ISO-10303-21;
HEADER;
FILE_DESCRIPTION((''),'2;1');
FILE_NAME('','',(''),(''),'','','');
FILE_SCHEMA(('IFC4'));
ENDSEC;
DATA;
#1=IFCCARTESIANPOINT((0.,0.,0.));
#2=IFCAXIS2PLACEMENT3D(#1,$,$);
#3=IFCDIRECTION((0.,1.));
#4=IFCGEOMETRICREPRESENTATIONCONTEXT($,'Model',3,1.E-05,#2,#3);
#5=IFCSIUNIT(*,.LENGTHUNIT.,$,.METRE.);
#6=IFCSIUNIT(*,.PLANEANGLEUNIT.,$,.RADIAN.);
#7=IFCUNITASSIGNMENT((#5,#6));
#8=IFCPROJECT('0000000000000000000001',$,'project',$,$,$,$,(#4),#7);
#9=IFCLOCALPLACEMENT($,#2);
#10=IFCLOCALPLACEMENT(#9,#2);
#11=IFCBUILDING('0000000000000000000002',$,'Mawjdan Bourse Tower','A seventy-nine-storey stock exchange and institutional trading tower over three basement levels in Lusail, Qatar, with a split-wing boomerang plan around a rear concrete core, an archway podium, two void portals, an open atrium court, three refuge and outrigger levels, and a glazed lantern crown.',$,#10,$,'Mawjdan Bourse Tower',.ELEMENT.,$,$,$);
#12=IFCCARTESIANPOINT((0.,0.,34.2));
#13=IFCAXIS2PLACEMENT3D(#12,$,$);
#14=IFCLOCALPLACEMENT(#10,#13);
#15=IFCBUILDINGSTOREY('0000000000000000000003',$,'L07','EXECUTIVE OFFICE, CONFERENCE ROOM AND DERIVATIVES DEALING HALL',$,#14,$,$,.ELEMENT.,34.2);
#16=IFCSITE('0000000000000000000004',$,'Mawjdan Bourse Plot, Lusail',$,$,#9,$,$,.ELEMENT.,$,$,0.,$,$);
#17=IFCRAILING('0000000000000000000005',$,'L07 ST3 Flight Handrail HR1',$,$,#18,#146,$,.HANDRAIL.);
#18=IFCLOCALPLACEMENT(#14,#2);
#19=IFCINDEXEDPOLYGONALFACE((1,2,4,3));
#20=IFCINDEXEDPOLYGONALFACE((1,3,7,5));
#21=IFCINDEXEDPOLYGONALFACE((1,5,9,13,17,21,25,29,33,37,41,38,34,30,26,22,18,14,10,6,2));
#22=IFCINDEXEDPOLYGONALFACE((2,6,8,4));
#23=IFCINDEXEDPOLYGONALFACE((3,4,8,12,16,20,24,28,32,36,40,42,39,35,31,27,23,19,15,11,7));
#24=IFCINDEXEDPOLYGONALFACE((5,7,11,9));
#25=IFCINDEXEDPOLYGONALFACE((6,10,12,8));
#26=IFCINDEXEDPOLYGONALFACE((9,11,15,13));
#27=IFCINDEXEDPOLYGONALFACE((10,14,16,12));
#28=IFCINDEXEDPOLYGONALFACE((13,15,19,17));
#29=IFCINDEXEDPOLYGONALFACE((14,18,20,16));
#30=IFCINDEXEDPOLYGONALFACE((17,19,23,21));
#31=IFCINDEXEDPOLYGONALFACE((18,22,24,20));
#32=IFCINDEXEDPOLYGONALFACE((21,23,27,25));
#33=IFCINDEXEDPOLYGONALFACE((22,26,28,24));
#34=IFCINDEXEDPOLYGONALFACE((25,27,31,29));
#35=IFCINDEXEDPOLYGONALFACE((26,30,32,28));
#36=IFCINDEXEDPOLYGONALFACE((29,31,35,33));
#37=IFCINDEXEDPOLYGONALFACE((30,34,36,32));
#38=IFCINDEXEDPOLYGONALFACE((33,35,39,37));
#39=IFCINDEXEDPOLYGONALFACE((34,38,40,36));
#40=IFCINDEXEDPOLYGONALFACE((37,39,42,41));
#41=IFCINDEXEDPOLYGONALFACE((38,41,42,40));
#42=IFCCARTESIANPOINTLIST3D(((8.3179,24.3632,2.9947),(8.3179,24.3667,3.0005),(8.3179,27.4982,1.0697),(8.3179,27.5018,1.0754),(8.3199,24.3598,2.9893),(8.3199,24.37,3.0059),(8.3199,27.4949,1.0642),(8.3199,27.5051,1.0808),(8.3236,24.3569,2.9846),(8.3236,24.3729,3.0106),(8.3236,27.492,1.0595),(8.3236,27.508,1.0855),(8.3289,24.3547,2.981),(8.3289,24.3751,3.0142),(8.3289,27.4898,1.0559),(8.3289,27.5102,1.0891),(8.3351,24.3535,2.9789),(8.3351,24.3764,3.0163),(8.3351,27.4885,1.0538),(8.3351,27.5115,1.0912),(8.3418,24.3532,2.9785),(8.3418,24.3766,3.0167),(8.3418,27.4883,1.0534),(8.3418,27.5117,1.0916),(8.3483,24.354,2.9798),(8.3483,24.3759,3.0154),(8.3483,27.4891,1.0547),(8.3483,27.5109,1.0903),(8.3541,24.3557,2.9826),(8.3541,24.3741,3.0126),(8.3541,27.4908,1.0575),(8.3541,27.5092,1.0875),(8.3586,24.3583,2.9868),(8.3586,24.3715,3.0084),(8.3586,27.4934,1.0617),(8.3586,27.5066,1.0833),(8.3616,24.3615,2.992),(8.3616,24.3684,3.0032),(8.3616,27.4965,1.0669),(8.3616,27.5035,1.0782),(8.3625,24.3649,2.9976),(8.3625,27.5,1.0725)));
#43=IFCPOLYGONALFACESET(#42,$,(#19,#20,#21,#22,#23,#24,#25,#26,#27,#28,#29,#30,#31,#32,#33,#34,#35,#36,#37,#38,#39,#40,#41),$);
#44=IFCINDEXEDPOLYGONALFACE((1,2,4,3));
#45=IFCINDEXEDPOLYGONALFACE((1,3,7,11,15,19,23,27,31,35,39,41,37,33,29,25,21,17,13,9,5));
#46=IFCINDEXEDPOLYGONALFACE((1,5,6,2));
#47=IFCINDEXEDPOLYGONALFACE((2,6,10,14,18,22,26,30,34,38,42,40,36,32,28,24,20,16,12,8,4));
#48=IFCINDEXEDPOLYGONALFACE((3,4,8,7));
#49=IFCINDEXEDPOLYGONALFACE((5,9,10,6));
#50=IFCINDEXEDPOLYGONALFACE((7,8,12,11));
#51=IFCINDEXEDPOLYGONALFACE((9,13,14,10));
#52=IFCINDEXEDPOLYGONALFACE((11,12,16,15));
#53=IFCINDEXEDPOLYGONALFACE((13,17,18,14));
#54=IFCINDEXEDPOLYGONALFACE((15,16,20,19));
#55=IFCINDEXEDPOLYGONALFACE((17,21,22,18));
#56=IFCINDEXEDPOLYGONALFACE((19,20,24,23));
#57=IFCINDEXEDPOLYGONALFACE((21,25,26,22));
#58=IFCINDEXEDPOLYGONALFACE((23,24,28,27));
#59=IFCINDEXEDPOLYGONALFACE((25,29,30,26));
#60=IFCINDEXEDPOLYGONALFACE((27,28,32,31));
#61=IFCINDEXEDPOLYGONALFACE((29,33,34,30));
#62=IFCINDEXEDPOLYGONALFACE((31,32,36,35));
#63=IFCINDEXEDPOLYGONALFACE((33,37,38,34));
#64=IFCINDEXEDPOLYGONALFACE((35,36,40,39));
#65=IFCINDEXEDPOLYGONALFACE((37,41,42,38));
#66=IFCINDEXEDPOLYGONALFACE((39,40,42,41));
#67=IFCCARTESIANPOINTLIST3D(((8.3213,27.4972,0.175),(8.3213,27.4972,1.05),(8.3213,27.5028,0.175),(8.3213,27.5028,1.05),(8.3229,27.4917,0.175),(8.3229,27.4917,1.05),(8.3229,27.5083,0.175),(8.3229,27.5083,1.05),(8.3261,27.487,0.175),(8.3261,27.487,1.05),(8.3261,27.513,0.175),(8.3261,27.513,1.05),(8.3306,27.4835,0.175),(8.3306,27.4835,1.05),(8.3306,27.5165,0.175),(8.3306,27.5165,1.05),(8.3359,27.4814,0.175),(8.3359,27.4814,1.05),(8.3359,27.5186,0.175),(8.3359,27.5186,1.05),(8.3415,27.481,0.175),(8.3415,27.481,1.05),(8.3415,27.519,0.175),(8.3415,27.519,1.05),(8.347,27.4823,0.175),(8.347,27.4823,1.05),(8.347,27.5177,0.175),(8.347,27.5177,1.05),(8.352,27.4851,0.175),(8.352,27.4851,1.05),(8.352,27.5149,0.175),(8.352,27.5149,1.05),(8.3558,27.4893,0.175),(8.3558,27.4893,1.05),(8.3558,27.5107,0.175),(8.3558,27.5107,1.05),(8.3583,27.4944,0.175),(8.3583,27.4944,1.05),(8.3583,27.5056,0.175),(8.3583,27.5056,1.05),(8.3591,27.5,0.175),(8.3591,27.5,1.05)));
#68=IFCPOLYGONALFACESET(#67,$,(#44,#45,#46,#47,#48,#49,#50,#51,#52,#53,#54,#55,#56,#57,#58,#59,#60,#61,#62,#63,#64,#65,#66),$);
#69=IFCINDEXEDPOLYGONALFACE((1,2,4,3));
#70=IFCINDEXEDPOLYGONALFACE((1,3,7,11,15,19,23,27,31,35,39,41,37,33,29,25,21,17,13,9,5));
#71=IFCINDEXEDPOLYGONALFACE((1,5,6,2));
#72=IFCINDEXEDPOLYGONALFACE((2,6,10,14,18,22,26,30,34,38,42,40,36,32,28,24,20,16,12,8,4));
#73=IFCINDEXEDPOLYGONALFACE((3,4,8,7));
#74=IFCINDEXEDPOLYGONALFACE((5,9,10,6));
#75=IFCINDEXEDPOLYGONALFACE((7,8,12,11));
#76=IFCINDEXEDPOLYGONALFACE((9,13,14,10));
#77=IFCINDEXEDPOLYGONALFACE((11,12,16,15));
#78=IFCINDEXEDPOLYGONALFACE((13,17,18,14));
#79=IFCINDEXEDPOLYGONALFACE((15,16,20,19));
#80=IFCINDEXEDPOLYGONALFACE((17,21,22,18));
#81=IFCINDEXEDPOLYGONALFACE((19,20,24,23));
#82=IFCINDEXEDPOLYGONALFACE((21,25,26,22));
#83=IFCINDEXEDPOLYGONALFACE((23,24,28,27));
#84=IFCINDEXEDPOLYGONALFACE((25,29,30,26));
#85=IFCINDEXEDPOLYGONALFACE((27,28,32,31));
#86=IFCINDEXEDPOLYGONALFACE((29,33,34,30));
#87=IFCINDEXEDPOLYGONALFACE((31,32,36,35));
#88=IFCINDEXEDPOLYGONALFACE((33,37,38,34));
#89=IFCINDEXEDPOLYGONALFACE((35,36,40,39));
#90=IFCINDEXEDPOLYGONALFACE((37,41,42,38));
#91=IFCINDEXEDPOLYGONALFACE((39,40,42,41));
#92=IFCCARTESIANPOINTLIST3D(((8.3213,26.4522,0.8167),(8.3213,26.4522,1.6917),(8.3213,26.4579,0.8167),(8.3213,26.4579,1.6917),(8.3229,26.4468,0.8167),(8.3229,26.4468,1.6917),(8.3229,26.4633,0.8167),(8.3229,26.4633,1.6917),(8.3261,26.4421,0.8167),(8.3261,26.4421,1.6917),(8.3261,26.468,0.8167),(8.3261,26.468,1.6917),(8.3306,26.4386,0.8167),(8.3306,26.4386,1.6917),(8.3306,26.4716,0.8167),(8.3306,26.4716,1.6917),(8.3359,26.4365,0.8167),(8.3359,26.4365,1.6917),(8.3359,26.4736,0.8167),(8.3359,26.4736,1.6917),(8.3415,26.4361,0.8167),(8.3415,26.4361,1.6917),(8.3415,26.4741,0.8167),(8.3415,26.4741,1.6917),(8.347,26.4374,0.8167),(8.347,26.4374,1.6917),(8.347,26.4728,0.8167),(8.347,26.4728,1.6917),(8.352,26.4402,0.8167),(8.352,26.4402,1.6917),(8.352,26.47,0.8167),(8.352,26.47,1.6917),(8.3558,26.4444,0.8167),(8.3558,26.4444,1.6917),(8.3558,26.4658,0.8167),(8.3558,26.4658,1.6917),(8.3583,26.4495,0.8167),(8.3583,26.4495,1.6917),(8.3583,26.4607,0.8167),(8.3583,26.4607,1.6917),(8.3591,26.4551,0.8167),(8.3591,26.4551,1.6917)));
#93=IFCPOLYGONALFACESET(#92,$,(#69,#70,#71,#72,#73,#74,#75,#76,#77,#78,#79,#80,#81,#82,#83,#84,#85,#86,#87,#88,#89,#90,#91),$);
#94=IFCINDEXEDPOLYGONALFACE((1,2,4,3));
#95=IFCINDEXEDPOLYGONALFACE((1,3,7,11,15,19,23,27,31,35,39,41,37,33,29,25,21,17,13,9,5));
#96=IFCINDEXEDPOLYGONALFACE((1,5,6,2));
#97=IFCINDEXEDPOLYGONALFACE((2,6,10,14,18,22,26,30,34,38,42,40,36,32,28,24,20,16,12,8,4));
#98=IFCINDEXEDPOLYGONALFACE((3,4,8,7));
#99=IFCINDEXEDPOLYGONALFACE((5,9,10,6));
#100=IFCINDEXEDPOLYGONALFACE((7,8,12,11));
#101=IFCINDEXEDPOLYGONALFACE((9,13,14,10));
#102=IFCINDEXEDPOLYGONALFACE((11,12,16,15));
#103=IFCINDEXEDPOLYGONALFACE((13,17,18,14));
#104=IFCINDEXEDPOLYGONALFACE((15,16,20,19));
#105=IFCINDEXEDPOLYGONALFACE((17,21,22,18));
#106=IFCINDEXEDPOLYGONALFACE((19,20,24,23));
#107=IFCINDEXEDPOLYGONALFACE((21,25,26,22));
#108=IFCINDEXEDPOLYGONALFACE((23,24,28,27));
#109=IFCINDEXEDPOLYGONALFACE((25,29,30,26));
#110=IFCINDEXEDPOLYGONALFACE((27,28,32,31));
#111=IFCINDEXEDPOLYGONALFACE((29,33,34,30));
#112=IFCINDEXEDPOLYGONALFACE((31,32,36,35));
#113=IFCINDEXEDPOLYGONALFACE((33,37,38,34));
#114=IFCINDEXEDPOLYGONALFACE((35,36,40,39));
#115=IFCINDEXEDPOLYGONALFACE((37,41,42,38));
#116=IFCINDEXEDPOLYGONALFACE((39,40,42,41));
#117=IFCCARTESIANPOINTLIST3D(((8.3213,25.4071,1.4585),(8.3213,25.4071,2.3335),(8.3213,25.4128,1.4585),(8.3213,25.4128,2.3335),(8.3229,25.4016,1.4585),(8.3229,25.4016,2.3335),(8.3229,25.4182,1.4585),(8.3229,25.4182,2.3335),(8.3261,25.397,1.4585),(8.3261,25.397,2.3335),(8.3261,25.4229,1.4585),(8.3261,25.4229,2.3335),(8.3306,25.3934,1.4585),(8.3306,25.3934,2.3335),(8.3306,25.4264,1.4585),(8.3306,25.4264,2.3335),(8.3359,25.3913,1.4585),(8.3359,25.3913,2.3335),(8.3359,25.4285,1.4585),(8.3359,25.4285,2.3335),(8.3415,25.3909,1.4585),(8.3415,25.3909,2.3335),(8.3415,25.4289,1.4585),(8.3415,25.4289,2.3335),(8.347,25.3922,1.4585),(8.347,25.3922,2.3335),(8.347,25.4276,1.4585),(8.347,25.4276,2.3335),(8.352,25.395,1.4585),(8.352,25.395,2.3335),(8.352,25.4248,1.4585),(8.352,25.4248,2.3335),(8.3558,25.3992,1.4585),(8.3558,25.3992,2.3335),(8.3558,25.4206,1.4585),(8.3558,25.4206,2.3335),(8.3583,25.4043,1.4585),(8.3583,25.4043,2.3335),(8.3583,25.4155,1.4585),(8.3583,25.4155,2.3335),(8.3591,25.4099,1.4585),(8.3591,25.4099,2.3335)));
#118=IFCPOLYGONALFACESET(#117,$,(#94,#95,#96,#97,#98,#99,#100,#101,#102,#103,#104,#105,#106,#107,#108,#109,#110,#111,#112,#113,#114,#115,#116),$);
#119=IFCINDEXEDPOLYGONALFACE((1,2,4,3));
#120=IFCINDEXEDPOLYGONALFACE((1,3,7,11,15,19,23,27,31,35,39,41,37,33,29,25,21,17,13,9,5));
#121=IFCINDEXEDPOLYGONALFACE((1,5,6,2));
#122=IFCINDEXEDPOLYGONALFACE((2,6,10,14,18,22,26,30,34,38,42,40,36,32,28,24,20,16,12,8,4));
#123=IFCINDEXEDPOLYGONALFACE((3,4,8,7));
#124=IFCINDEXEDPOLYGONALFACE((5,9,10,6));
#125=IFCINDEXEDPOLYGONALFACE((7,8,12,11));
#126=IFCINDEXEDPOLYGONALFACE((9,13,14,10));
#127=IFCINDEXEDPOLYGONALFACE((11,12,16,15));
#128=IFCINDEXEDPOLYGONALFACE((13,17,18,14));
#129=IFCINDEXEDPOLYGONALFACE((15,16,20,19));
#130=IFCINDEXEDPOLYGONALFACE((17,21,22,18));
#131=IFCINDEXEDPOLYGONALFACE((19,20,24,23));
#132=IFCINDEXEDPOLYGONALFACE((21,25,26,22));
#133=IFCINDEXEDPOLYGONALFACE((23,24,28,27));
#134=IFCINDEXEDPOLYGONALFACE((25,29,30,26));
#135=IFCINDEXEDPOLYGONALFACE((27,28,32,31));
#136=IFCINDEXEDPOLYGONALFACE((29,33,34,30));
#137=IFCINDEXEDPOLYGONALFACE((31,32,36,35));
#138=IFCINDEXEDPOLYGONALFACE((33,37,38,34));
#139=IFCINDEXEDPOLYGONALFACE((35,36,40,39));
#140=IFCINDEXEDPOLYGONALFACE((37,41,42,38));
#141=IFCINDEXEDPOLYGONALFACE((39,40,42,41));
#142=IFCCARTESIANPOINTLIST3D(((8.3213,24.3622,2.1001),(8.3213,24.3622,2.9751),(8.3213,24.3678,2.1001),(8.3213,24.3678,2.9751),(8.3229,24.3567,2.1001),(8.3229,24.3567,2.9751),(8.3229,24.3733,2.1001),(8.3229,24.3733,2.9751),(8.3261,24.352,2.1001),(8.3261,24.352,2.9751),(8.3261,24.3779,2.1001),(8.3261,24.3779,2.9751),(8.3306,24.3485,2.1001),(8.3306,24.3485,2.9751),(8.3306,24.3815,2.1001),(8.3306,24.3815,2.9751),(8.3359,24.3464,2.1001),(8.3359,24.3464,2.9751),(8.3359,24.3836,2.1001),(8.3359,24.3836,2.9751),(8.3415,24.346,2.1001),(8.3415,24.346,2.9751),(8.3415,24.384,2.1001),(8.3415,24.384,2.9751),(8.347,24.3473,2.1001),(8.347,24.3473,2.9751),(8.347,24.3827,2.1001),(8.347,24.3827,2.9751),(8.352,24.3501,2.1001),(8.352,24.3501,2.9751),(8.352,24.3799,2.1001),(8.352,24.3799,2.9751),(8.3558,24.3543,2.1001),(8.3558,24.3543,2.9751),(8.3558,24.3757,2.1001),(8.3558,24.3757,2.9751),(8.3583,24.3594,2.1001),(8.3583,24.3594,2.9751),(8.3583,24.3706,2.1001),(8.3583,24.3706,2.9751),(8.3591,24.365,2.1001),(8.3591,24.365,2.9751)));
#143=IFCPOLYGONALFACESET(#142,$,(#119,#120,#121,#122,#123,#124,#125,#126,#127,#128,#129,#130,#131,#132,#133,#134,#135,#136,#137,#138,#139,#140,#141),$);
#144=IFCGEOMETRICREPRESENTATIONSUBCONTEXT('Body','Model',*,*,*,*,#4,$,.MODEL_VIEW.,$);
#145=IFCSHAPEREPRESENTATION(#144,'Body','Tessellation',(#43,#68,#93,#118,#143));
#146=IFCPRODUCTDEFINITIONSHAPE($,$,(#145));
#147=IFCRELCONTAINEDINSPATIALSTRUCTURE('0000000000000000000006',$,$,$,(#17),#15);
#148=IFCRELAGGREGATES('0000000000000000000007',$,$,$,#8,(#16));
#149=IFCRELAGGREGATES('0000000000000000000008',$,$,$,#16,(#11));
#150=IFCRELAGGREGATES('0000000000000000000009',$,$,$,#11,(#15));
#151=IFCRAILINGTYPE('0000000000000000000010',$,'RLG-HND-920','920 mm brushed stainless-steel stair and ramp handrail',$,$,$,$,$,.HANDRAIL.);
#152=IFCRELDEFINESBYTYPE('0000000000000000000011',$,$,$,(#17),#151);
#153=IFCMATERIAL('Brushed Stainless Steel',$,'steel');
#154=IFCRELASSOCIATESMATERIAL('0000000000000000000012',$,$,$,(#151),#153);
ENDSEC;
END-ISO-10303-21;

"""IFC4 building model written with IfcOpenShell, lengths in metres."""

from ifc_helpers import new_model, si_unit, direction, frame, origin, origin_2d, place, context, subcontext, project, spatial, circle, extrude, material, type_object, element, save


model = new_model("IFC4")

# Units and contexts
model_context = context("Model", 3, precision=1e-05, world=origin(), true_north=direction((0.0, 1.0)))
body_context = subcontext(model_context, "Body", "Model", "MODEL_VIEW")
ifc_project = project(units=[si_unit("LENGTHUNIT", "METRE"), si_unit("PLANEANGLEUNIT", "RADIAN")], contexts=[model_context])

# Site, building, storey
site_placement = place(None, origin())
site = spatial("IfcSite", under=ifc_project, at=site_placement, Name="Mawjdan Bourse Plot, Lusail", CompositionType="ELEMENT", RefElevation=0.0)
building_placement = place(site_placement, origin())
building = spatial("IfcBuilding", under=site, at=building_placement, Name="Mawjdan Bourse Tower", Description="A seventy-nine-storey stock exchange and institutional trading tower over three basement levels in Lusail, Qatar, with a split-wing boomerang plan around a rear concrete core, an archway podium, two void portals, an open atrium court, three refuge and outrigger levels, and a glazed lantern crown.", LongName="Mawjdan Bourse Tower", CompositionType="ELEMENT")
storey_placement = place(building_placement, frame((0.0, 0.0, 34.2)))
storey = spatial("IfcBuildingStorey", under=building, at=storey_placement, Name="L07", Description="EXECUTIVE OFFICE, CONFERENCE ROOM AND DERIVATIVES DEALING HALL", CompositionType="ELEMENT", Elevation=34.2)

# Railing
ifc_material_1 = material(Name="Brushed Stainless Steel", Category="steel")
railing_type_1 = type_object("IfcRailingType", Name="RLG-HND-920", Description="920 mm brushed stainless-steel stair and ramp handrail", PredefinedType="HANDRAIL", material=ifc_material_1)
railing_1_placement = place(storey_placement, frame((8.3401, 27.5, 0.175)))
element("IfcRailing", 1, at=railing_1_placement, inside=storey, type_object=railing_type_1, Name="L07 ST3 Flight Handrail HR1", PredefinedType="HANDRAIL", context=body_context, shape_type="SweptSolid", body=[
    extrude(circle(Radius=0.0225, at=origin_2d()), frame((0.0, 0.0, 0.8975), z_axis=(0.0, -0.852166, 0.523271), x_axis=(1.0, 0.0, 0.0)), (0.0, 0.0, 1.0), 3.679),
    extrude(circle(Radius=0.019, at=origin_2d()), origin(), (0.0, 0.0, 1.0), 0.875),
    extrude(circle(Radius=0.019, at=origin_2d()), frame((0.0, -1.0449, 0.6416)), (0.0, 0.0, 1.0), 0.875),
    extrude(circle(Radius=0.019, at=origin_2d()), frame((0.0, -2.0901, 1.2834)), (0.0, 0.0, 1.0), 0.875),
    extrude(circle(Radius=0.019, at=origin_2d()), frame((0.0, -3.135, 1.925)), (0.0, 0.0, 1.0), 0.875),
])

save(model, "model.ifc")
